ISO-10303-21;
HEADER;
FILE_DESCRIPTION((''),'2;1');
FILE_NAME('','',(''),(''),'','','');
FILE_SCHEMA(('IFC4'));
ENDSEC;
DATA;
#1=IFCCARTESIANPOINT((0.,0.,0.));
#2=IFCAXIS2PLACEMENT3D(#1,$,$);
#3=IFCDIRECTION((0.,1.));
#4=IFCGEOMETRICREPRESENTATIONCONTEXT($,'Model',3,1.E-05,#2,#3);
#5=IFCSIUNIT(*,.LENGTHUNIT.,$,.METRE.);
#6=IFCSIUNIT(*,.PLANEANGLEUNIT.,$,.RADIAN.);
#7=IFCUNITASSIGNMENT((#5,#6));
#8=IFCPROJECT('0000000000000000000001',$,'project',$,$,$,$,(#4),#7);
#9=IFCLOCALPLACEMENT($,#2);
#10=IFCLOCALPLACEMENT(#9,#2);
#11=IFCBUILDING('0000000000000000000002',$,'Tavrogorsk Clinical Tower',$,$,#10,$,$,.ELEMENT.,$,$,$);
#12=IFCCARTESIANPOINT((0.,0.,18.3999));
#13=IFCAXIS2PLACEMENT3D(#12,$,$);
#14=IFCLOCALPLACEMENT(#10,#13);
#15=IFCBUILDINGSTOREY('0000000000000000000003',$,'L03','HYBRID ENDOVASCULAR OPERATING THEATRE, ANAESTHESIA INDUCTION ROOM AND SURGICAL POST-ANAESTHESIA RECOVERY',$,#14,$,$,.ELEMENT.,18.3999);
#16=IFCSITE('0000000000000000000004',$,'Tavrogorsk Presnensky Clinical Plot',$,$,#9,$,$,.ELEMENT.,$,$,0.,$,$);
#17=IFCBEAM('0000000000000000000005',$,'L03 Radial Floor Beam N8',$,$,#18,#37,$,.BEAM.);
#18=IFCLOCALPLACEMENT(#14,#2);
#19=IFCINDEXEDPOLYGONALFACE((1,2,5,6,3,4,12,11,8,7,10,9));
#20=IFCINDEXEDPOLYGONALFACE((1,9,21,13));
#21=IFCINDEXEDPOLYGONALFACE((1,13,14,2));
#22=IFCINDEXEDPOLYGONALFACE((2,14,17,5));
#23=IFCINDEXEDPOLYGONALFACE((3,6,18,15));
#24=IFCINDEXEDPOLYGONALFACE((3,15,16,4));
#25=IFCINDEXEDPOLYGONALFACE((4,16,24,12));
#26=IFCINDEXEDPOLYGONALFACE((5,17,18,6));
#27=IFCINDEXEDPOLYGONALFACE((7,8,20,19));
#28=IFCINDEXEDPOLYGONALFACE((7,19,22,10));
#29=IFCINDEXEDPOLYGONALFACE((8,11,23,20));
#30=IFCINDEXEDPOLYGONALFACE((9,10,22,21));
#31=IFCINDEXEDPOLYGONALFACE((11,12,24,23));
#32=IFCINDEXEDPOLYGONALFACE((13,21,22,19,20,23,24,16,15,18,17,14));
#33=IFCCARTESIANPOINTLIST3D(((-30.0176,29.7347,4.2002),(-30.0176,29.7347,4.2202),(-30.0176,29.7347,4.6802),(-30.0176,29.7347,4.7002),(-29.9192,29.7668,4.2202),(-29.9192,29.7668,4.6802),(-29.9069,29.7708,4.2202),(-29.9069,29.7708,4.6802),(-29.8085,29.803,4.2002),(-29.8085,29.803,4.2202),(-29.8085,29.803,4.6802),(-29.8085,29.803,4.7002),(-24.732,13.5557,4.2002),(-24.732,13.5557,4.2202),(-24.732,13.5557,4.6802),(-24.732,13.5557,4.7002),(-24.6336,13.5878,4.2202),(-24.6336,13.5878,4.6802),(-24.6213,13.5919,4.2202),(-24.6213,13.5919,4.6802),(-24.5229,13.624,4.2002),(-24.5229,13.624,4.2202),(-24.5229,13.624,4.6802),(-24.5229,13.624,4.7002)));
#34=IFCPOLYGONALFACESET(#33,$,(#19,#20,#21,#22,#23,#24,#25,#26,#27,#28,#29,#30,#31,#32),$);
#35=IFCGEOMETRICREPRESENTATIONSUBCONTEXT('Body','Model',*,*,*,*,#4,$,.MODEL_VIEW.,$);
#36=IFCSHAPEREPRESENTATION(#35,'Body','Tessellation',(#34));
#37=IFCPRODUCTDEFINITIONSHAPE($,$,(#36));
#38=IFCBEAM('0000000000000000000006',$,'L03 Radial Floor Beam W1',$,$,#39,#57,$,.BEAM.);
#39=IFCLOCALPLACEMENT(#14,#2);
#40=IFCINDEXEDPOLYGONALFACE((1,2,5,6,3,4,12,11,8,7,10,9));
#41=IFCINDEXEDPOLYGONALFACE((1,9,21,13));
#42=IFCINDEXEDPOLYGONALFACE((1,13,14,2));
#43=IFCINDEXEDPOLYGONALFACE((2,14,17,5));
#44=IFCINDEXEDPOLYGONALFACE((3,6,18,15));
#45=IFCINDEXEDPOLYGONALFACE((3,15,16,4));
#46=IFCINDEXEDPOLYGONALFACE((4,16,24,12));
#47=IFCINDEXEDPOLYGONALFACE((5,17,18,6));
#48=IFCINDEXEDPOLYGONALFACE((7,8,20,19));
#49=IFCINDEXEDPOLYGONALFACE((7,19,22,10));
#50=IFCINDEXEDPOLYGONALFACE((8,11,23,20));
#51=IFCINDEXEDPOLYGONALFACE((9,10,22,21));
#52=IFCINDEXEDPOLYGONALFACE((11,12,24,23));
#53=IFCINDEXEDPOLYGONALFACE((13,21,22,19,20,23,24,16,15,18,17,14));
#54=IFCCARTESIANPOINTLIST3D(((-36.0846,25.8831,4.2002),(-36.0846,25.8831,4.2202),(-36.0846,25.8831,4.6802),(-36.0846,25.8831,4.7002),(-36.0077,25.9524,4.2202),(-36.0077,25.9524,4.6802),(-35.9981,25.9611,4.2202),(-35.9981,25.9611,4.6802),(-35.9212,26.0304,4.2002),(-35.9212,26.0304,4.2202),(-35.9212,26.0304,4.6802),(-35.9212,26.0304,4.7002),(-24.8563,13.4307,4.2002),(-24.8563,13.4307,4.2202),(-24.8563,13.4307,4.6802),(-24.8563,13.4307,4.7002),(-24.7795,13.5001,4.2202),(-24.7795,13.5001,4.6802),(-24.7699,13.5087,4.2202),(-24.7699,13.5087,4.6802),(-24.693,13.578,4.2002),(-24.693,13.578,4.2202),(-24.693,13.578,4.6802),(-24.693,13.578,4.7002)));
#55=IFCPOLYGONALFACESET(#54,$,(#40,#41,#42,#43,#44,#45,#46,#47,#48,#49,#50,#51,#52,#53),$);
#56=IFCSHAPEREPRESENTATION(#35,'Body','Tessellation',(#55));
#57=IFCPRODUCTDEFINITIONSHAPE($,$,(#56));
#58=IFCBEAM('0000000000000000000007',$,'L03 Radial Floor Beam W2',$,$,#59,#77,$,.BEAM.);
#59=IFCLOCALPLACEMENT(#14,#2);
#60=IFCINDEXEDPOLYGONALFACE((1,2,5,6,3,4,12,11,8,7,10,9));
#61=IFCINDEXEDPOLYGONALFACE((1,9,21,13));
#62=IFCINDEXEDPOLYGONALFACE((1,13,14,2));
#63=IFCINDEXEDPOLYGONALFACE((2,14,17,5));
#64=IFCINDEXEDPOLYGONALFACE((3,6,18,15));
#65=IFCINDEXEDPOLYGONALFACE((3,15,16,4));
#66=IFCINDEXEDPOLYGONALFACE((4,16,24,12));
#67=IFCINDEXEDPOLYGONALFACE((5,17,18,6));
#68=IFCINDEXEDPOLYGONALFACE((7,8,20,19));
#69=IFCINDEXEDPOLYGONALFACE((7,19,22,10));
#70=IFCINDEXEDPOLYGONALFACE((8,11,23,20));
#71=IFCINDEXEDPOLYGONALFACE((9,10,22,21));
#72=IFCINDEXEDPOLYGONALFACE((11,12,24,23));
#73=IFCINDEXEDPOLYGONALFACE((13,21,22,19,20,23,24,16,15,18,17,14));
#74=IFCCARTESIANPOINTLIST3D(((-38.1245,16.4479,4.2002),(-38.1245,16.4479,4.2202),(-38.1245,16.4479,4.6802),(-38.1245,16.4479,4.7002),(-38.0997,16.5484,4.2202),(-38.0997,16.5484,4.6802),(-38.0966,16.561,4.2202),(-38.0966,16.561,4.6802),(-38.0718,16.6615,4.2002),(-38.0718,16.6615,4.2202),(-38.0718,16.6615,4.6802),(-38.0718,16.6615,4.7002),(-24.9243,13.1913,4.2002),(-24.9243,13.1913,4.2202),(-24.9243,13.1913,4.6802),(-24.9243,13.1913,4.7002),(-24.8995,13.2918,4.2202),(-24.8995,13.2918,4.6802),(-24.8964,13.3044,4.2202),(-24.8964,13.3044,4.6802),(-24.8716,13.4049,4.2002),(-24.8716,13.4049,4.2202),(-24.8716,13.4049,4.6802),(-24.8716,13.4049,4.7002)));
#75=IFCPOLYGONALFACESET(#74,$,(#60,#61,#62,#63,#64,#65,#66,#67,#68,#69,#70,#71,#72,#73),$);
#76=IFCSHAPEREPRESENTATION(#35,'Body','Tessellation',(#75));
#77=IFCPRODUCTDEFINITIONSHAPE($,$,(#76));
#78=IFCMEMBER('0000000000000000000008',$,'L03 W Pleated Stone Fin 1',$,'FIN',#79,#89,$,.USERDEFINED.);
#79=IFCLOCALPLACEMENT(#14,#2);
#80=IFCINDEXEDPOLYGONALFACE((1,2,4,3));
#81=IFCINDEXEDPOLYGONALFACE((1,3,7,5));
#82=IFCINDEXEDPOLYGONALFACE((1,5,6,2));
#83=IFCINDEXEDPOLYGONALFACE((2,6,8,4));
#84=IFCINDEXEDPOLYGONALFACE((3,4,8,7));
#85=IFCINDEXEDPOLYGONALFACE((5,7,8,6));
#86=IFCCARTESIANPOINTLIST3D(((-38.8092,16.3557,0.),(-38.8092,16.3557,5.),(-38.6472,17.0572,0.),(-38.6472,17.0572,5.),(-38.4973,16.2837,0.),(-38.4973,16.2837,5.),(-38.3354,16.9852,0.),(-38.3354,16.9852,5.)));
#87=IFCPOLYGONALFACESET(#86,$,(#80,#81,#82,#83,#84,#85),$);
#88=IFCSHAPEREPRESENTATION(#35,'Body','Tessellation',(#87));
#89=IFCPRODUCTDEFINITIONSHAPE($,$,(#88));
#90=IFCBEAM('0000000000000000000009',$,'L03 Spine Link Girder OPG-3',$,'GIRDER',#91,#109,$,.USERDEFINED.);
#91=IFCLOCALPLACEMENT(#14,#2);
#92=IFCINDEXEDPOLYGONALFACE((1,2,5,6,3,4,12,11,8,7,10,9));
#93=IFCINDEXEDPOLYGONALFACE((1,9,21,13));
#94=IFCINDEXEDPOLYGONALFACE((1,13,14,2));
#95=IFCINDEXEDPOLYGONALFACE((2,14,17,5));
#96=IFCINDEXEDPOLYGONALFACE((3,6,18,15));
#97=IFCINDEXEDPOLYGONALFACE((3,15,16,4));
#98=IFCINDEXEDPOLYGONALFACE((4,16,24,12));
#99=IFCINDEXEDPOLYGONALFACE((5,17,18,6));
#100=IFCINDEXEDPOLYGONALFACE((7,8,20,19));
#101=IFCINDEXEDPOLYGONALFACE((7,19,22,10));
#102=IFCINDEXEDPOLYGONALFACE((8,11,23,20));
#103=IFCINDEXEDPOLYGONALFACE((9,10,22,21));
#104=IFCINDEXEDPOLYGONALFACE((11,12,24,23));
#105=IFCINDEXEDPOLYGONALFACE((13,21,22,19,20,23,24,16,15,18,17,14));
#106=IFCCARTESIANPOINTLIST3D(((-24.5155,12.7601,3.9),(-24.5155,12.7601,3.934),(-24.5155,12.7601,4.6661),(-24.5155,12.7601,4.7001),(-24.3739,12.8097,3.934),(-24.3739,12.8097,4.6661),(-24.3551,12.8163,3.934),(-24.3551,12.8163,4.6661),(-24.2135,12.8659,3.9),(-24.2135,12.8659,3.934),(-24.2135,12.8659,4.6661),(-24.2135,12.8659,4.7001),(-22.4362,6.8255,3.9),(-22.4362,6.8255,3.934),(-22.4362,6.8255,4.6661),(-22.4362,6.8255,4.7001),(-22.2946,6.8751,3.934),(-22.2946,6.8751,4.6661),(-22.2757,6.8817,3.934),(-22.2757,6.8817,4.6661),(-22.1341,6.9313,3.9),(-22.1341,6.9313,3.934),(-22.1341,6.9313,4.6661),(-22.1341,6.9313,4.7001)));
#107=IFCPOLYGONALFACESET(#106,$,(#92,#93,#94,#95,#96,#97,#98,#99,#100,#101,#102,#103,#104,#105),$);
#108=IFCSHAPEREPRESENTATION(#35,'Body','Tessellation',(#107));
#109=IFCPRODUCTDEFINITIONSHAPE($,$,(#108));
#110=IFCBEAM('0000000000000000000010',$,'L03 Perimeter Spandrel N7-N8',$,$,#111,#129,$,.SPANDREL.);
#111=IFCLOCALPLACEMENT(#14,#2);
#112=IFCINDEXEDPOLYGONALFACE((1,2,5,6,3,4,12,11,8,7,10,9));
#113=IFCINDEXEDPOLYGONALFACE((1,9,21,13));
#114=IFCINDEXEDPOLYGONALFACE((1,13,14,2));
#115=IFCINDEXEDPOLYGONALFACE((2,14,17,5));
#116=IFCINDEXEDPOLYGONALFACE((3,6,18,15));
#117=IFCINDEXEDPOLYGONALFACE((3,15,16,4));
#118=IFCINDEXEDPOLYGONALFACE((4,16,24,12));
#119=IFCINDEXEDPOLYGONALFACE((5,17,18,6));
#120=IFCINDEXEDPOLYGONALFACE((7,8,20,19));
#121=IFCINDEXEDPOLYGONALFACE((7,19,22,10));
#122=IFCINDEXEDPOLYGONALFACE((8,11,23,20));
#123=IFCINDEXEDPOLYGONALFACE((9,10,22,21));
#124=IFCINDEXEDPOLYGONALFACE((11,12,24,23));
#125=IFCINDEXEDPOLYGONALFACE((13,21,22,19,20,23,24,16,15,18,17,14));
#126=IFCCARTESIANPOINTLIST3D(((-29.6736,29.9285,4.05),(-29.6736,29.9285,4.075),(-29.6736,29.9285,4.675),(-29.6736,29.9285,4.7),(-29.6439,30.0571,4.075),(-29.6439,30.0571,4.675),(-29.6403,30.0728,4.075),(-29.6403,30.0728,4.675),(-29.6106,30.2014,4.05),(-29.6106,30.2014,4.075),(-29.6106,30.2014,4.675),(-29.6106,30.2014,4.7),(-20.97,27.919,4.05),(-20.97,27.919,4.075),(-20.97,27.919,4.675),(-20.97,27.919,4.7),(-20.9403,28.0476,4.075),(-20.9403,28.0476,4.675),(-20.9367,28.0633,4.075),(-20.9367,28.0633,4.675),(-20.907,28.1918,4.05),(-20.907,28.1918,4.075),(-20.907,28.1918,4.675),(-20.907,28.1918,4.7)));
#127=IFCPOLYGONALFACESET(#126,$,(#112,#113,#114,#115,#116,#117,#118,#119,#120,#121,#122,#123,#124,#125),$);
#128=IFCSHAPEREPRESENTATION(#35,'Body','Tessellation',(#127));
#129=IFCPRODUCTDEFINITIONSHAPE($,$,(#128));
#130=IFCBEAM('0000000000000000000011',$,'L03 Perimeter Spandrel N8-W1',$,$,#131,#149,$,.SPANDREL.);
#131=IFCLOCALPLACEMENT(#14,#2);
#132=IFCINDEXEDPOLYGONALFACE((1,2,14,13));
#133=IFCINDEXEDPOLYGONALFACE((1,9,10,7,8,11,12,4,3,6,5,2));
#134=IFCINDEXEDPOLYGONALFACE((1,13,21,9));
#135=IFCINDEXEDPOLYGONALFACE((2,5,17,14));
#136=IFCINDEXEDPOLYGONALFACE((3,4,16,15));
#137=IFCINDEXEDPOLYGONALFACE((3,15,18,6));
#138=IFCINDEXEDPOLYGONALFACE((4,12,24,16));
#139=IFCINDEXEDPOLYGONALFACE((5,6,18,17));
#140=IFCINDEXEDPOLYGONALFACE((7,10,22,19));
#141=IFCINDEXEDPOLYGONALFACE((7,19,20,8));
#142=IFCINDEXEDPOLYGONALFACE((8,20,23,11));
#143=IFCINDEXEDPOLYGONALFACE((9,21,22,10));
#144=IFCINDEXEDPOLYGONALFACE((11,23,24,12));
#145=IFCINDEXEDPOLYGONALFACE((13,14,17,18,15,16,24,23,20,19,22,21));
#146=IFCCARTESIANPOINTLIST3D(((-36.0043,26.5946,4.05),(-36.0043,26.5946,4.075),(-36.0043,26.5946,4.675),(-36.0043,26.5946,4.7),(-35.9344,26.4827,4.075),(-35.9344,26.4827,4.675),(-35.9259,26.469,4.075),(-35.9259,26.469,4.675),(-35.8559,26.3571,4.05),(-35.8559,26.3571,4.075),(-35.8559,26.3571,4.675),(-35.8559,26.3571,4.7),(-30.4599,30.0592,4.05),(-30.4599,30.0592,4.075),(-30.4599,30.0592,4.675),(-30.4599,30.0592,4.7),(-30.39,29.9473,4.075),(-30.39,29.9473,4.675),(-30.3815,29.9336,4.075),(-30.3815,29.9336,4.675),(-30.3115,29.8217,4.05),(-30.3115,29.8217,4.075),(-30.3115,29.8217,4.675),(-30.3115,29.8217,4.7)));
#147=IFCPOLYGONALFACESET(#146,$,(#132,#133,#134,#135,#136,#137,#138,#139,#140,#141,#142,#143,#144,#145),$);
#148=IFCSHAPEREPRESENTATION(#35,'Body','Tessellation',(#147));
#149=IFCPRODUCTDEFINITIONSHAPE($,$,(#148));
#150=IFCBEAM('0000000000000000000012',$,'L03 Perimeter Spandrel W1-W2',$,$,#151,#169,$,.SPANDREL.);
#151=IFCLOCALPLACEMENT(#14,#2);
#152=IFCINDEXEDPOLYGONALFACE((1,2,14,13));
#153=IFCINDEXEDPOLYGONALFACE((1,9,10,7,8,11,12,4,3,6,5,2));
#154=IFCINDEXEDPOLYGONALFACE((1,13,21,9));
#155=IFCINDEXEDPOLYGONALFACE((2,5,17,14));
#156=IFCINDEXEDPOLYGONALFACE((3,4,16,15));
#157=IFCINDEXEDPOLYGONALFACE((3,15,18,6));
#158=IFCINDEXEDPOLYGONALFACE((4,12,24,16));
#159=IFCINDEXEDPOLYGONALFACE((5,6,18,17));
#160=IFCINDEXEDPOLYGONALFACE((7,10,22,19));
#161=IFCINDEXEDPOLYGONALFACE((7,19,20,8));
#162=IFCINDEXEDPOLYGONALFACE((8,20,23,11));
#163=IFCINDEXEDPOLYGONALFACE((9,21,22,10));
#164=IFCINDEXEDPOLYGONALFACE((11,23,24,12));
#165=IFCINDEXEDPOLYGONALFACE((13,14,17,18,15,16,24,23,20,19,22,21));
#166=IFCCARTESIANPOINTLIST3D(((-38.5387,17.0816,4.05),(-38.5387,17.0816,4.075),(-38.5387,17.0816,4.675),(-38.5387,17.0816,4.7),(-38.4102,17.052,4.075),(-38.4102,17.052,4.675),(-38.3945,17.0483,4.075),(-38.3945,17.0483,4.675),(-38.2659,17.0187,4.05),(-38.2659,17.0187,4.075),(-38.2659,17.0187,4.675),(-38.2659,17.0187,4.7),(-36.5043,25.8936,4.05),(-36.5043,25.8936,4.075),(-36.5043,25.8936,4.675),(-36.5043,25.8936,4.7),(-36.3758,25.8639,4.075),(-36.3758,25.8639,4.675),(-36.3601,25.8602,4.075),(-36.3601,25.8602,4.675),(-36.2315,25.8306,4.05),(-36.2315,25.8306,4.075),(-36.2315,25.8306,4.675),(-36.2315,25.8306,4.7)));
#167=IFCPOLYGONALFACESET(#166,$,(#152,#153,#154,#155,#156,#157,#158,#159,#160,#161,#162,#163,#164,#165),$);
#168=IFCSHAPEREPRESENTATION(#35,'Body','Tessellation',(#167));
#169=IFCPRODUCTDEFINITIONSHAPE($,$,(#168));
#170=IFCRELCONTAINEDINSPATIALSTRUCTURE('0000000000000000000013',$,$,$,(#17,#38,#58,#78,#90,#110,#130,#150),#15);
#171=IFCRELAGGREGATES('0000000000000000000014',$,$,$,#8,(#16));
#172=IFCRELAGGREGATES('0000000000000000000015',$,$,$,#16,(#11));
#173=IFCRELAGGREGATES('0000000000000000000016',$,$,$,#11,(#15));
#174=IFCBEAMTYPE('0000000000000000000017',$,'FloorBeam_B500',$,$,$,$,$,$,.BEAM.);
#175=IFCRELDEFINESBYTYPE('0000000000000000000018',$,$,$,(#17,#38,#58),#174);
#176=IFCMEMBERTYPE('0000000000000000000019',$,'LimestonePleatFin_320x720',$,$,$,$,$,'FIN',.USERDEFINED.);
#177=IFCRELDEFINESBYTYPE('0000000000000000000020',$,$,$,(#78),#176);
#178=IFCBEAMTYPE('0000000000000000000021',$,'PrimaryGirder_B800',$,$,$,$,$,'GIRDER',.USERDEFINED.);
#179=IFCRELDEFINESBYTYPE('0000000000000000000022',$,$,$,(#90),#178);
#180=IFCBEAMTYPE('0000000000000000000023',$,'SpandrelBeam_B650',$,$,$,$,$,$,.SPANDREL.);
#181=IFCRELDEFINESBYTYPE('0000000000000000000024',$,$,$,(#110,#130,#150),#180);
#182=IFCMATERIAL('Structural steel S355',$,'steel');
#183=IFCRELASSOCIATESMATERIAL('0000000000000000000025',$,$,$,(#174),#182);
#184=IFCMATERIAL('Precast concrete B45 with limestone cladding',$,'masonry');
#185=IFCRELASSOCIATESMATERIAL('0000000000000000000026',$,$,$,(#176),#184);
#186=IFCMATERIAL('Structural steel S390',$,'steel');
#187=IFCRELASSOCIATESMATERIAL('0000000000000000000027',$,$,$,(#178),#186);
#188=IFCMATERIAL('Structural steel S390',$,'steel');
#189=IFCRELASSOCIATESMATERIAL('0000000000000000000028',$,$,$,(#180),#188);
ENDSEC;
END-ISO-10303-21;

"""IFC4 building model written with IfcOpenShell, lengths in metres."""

from ifc_helpers import new_model, si_unit, direction, frame, origin, origin_2d, place, context, subcontext, project, spatial, rectangle, i_section, extrude, material, material_profile, profile_set, type_object, element, save


model = new_model("IFC4")

# Units and contexts
model_context = context("Model", 3, precision=1e-05, world=origin(), true_north=direction((0.0, 1.0)))
body_context = subcontext(model_context, "Body", "Model", "MODEL_VIEW")
ifc_project = project(units=[si_unit("LENGTHUNIT", "METRE"), si_unit("PLANEANGLEUNIT", "RADIAN")], contexts=[model_context])

# Site, building, storey
site_placement = place(None, origin())
site = spatial("IfcSite", under=ifc_project, at=site_placement, Name="Tavrogorsk Presnensky Clinical Plot", CompositionType="ELEMENT", RefElevation=0.0)
building_placement = place(site_placement, origin())
building = spatial("IfcBuilding", under=site, at=building_placement, Name="Tavrogorsk Clinical Tower", CompositionType="ELEMENT")
storey_placement = place(building_placement, frame((0.0, 0.0, 18.3999)))
storey = spatial("IfcBuildingStorey", under=building, at=storey_placement, Name="L03", Description="HYBRID ENDOVASCULAR OPERATING THEATRE, ANAESTHESIA INDUCTION ROOM AND SURGICAL POST-ANAESTHESIA RECOVERY", CompositionType="ELEMENT", Elevation=18.3999)

# Beams
ifc_material_1 = material(Name="Structural steel S355", Category="steel")
ifc_material_profile_1 = material_profile(ifc_material_1, i_section(OverallWidth=0.22, OverallDepth=0.5, WebThickness=0.0129, FlangeThickness=0.02, at=origin_2d()), Name="B-500x220x13x20")
ifc_profile_set_1 = profile_set([ifc_material_profile_1], Name="Structural steel S355")
beam_type_1 = type_object("IfcBeamType", Name="FloorBeam_B500", PredefinedType="BEAM", material=ifc_profile_set_1)
beam_1_placement = place(storey_placement, frame((-24.6274, 13.5898, 4.4502), z_axis=(-0.310546, 0.950558, 0.0), x_axis=(-0.950558, -0.310546, 0.0)))
element("IfcBeam", 1, at=beam_1_placement, inside=storey, type_object=beam_type_1, Name="L03 Radial Floor Beam N8", PredefinedType="BEAM", context=body_context, shape_type="SweptSolid", body=[
    extrude(i_section(OverallWidth=0.22, OverallDepth=0.5, WebThickness=0.0129, FlangeThickness=0.02, at=origin_2d()), origin(), (0.0, 0.0, 1.0), 17.0205),
])
beam_2_placement = place(storey_placement, frame((-24.7747, 13.5044, 4.4502), z_axis=(-0.66966, 0.742668, 0.0), x_axis=(-0.742668, -0.66966, 0.0)))
element("IfcBeam", 2, at=beam_2_placement, inside=storey, type_object=beam_type_1, Name="L03 Radial Floor Beam W1", PredefinedType="BEAM", context=body_context, shape_type="SweptSolid", body=[
    extrude(i_section(OverallWidth=0.22, OverallDepth=0.5, WebThickness=0.0129, FlangeThickness=0.02, at=origin_2d()), origin(), (0.0, 0.0, 1.0), 16.7671),
])
beam_3_placement = place(storey_placement, frame((-24.8979, 13.2981, 4.4502), z_axis=(-0.97089, 0.239526, 0.0), x_axis=(-0.239526, -0.97089, 0.0)))
element("IfcBeam", 3, at=beam_3_placement, inside=storey, type_object=beam_type_1, Name="L03 Radial Floor Beam W2", PredefinedType="BEAM", context=body_context, shape_type="SweptSolid", body=[
    extrude(i_section(OverallWidth=0.22, OverallDepth=0.5, WebThickness=0.0129, FlangeThickness=0.02, at=origin_2d()), origin(), (0.0, 0.0, 1.0), 13.5959),
])

# Member
ifc_material_2 = material(Name="Precast concrete B45 with limestone cladding", Category="masonry")
ifc_material_profile_2 = material_profile(ifc_material_2, rectangle(XDim=0.3201, YDim=0.72, at=origin_2d()), Name="LIMESTONE-FIN-320x720")
ifc_profile_set_2 = profile_set([ifc_material_profile_2], Name="Precast concrete B45 with limestone cladding")
member_type_1 = type_object("IfcMemberType", Name="LimestonePleatFin_320x720", ElementType="FIN", PredefinedType="USERDEFINED", material=ifc_profile_set_2)
member_1_placement = place(storey_placement, frame((-38.5723, 16.6704, 0.0), z_axis=(0.0, 0.0, 1.0), x_axis=(0.97437, -0.224951, 0.0)))
element("IfcMember", 4, at=member_1_placement, inside=storey, type_object=member_type_1, Name="L03 W Pleated Stone Fin 1", ObjectType="FIN", PredefinedType="USERDEFINED", context=body_context, shape_type="SweptSolid", body=[
    extrude(rectangle(XDim=0.3201, YDim=0.72, at=origin_2d()), origin(), (0.0, 0.0, 1.0), 5.0),
])

# Beams
ifc_material_3 = material(Name="Structural steel S390", Category="steel")
ifc_material_profile_3 = material_profile(ifc_material_3, i_section(OverallWidth=0.3201, OverallDepth=0.8, WebThickness=0.02, FlangeThickness=0.0339, at=origin_2d()), Name="B-800x320x20x34")
ifc_profile_set_3 = profile_set([ifc_material_profile_3], Name="Structural steel S390")
beam_type_2 = type_object("IfcBeamType", Name="PrimaryGirder_B800", ElementType="GIRDER", PredefinedType="USERDEFINED", material=ifc_profile_set_3)
beam_4_placement = place(storey_placement, frame((-24.3645, 12.813, 4.3), z_axis=(0.330669, -0.943747, 0.0), x_axis=(0.943747, 0.330669, 0.0)))
element("IfcBeam", 5, at=beam_4_placement, inside=storey, type_object=beam_type_2, Name="L03 Spine Link Girder OPG-3", ObjectType="GIRDER", PredefinedType="USERDEFINED", context=body_context, shape_type="SweptSolid", body=[
    extrude(i_section(OverallWidth=0.3201, OverallDepth=0.8, WebThickness=0.02, FlangeThickness=0.0339, at=origin_2d()), origin(), (0.0, 0.0, 1.0), 6.2883),
])
ifc_material_4 = material(Name="Structural steel S390", Category="steel")
ifc_material_profile_4 = material_profile(ifc_material_4, i_section(OverallWidth=0.28, OverallDepth=0.6499, WebThickness=0.0161, FlangeThickness=0.0249, at=origin_2d()), Name="B-650x280x16x25")
ifc_profile_set_4 = profile_set([ifc_material_profile_4], Name="Structural steel S390")
beam_type_3 = type_object("IfcBeamType", Name="SpandrelBeam_B650", PredefinedType="SPANDREL", material=ifc_profile_set_4)
beam_5_placement = place(storey_placement, frame((-20.9385, 28.0554, 4.375), z_axis=(-0.974367, 0.224965, 0.0), x_axis=(-0.224965, -0.974367, 0.0)))
element("IfcBeam", 6, at=beam_5_placement, inside=storey, type_object=beam_type_3, Name="L03 Perimeter Spandrel N7-N8", PredefinedType="SPANDREL", context=body_context, shape_type="SweptSolid", body=[
    extrude(i_section(OverallWidth=0.28, OverallDepth=0.6499, WebThickness=0.0161, FlangeThickness=0.0249, at=origin_2d()), origin(), (0.0, 0.0, 1.0), 8.9326),
])
beam_6_placement = place(storey_placement, frame((-30.3857, 29.9404, 4.375), z_axis=(-0.848044, -0.529925, 0.0), x_axis=(0.529925, -0.848044, 0.0)))
element("IfcBeam", 7, at=beam_6_placement, inside=storey, type_object=beam_type_3, Name="L03 Perimeter Spandrel N8-W1", PredefinedType="SPANDREL", context=body_context, shape_type="SweptSolid", body=[
    extrude(i_section(OverallWidth=0.28, OverallDepth=0.6499, WebThickness=0.0161, FlangeThickness=0.0249, at=origin_2d()), origin(), (0.0, 0.0, 1.0), 6.5378),
])
beam_7_placement = place(storey_placement, frame((-36.3679, 25.8621, 4.375), z_axis=(-0.224952, -0.97437, 0.0), x_axis=(0.97437, -0.224952, 0.0)))
element("IfcBeam", 8, at=beam_7_placement, inside=storey, type_object=beam_type_3, Name="L03 Perimeter Spandrel W1-W2", PredefinedType="SPANDREL", context=body_context, shape_type="SweptSolid", body=[
    extrude(i_section(OverallWidth=0.28, OverallDepth=0.6499, WebThickness=0.0161, FlangeThickness=0.0249, at=origin_2d()), origin(), (0.0, 0.0, 1.0), 9.0437),
])

save(model, "model.ifc")
